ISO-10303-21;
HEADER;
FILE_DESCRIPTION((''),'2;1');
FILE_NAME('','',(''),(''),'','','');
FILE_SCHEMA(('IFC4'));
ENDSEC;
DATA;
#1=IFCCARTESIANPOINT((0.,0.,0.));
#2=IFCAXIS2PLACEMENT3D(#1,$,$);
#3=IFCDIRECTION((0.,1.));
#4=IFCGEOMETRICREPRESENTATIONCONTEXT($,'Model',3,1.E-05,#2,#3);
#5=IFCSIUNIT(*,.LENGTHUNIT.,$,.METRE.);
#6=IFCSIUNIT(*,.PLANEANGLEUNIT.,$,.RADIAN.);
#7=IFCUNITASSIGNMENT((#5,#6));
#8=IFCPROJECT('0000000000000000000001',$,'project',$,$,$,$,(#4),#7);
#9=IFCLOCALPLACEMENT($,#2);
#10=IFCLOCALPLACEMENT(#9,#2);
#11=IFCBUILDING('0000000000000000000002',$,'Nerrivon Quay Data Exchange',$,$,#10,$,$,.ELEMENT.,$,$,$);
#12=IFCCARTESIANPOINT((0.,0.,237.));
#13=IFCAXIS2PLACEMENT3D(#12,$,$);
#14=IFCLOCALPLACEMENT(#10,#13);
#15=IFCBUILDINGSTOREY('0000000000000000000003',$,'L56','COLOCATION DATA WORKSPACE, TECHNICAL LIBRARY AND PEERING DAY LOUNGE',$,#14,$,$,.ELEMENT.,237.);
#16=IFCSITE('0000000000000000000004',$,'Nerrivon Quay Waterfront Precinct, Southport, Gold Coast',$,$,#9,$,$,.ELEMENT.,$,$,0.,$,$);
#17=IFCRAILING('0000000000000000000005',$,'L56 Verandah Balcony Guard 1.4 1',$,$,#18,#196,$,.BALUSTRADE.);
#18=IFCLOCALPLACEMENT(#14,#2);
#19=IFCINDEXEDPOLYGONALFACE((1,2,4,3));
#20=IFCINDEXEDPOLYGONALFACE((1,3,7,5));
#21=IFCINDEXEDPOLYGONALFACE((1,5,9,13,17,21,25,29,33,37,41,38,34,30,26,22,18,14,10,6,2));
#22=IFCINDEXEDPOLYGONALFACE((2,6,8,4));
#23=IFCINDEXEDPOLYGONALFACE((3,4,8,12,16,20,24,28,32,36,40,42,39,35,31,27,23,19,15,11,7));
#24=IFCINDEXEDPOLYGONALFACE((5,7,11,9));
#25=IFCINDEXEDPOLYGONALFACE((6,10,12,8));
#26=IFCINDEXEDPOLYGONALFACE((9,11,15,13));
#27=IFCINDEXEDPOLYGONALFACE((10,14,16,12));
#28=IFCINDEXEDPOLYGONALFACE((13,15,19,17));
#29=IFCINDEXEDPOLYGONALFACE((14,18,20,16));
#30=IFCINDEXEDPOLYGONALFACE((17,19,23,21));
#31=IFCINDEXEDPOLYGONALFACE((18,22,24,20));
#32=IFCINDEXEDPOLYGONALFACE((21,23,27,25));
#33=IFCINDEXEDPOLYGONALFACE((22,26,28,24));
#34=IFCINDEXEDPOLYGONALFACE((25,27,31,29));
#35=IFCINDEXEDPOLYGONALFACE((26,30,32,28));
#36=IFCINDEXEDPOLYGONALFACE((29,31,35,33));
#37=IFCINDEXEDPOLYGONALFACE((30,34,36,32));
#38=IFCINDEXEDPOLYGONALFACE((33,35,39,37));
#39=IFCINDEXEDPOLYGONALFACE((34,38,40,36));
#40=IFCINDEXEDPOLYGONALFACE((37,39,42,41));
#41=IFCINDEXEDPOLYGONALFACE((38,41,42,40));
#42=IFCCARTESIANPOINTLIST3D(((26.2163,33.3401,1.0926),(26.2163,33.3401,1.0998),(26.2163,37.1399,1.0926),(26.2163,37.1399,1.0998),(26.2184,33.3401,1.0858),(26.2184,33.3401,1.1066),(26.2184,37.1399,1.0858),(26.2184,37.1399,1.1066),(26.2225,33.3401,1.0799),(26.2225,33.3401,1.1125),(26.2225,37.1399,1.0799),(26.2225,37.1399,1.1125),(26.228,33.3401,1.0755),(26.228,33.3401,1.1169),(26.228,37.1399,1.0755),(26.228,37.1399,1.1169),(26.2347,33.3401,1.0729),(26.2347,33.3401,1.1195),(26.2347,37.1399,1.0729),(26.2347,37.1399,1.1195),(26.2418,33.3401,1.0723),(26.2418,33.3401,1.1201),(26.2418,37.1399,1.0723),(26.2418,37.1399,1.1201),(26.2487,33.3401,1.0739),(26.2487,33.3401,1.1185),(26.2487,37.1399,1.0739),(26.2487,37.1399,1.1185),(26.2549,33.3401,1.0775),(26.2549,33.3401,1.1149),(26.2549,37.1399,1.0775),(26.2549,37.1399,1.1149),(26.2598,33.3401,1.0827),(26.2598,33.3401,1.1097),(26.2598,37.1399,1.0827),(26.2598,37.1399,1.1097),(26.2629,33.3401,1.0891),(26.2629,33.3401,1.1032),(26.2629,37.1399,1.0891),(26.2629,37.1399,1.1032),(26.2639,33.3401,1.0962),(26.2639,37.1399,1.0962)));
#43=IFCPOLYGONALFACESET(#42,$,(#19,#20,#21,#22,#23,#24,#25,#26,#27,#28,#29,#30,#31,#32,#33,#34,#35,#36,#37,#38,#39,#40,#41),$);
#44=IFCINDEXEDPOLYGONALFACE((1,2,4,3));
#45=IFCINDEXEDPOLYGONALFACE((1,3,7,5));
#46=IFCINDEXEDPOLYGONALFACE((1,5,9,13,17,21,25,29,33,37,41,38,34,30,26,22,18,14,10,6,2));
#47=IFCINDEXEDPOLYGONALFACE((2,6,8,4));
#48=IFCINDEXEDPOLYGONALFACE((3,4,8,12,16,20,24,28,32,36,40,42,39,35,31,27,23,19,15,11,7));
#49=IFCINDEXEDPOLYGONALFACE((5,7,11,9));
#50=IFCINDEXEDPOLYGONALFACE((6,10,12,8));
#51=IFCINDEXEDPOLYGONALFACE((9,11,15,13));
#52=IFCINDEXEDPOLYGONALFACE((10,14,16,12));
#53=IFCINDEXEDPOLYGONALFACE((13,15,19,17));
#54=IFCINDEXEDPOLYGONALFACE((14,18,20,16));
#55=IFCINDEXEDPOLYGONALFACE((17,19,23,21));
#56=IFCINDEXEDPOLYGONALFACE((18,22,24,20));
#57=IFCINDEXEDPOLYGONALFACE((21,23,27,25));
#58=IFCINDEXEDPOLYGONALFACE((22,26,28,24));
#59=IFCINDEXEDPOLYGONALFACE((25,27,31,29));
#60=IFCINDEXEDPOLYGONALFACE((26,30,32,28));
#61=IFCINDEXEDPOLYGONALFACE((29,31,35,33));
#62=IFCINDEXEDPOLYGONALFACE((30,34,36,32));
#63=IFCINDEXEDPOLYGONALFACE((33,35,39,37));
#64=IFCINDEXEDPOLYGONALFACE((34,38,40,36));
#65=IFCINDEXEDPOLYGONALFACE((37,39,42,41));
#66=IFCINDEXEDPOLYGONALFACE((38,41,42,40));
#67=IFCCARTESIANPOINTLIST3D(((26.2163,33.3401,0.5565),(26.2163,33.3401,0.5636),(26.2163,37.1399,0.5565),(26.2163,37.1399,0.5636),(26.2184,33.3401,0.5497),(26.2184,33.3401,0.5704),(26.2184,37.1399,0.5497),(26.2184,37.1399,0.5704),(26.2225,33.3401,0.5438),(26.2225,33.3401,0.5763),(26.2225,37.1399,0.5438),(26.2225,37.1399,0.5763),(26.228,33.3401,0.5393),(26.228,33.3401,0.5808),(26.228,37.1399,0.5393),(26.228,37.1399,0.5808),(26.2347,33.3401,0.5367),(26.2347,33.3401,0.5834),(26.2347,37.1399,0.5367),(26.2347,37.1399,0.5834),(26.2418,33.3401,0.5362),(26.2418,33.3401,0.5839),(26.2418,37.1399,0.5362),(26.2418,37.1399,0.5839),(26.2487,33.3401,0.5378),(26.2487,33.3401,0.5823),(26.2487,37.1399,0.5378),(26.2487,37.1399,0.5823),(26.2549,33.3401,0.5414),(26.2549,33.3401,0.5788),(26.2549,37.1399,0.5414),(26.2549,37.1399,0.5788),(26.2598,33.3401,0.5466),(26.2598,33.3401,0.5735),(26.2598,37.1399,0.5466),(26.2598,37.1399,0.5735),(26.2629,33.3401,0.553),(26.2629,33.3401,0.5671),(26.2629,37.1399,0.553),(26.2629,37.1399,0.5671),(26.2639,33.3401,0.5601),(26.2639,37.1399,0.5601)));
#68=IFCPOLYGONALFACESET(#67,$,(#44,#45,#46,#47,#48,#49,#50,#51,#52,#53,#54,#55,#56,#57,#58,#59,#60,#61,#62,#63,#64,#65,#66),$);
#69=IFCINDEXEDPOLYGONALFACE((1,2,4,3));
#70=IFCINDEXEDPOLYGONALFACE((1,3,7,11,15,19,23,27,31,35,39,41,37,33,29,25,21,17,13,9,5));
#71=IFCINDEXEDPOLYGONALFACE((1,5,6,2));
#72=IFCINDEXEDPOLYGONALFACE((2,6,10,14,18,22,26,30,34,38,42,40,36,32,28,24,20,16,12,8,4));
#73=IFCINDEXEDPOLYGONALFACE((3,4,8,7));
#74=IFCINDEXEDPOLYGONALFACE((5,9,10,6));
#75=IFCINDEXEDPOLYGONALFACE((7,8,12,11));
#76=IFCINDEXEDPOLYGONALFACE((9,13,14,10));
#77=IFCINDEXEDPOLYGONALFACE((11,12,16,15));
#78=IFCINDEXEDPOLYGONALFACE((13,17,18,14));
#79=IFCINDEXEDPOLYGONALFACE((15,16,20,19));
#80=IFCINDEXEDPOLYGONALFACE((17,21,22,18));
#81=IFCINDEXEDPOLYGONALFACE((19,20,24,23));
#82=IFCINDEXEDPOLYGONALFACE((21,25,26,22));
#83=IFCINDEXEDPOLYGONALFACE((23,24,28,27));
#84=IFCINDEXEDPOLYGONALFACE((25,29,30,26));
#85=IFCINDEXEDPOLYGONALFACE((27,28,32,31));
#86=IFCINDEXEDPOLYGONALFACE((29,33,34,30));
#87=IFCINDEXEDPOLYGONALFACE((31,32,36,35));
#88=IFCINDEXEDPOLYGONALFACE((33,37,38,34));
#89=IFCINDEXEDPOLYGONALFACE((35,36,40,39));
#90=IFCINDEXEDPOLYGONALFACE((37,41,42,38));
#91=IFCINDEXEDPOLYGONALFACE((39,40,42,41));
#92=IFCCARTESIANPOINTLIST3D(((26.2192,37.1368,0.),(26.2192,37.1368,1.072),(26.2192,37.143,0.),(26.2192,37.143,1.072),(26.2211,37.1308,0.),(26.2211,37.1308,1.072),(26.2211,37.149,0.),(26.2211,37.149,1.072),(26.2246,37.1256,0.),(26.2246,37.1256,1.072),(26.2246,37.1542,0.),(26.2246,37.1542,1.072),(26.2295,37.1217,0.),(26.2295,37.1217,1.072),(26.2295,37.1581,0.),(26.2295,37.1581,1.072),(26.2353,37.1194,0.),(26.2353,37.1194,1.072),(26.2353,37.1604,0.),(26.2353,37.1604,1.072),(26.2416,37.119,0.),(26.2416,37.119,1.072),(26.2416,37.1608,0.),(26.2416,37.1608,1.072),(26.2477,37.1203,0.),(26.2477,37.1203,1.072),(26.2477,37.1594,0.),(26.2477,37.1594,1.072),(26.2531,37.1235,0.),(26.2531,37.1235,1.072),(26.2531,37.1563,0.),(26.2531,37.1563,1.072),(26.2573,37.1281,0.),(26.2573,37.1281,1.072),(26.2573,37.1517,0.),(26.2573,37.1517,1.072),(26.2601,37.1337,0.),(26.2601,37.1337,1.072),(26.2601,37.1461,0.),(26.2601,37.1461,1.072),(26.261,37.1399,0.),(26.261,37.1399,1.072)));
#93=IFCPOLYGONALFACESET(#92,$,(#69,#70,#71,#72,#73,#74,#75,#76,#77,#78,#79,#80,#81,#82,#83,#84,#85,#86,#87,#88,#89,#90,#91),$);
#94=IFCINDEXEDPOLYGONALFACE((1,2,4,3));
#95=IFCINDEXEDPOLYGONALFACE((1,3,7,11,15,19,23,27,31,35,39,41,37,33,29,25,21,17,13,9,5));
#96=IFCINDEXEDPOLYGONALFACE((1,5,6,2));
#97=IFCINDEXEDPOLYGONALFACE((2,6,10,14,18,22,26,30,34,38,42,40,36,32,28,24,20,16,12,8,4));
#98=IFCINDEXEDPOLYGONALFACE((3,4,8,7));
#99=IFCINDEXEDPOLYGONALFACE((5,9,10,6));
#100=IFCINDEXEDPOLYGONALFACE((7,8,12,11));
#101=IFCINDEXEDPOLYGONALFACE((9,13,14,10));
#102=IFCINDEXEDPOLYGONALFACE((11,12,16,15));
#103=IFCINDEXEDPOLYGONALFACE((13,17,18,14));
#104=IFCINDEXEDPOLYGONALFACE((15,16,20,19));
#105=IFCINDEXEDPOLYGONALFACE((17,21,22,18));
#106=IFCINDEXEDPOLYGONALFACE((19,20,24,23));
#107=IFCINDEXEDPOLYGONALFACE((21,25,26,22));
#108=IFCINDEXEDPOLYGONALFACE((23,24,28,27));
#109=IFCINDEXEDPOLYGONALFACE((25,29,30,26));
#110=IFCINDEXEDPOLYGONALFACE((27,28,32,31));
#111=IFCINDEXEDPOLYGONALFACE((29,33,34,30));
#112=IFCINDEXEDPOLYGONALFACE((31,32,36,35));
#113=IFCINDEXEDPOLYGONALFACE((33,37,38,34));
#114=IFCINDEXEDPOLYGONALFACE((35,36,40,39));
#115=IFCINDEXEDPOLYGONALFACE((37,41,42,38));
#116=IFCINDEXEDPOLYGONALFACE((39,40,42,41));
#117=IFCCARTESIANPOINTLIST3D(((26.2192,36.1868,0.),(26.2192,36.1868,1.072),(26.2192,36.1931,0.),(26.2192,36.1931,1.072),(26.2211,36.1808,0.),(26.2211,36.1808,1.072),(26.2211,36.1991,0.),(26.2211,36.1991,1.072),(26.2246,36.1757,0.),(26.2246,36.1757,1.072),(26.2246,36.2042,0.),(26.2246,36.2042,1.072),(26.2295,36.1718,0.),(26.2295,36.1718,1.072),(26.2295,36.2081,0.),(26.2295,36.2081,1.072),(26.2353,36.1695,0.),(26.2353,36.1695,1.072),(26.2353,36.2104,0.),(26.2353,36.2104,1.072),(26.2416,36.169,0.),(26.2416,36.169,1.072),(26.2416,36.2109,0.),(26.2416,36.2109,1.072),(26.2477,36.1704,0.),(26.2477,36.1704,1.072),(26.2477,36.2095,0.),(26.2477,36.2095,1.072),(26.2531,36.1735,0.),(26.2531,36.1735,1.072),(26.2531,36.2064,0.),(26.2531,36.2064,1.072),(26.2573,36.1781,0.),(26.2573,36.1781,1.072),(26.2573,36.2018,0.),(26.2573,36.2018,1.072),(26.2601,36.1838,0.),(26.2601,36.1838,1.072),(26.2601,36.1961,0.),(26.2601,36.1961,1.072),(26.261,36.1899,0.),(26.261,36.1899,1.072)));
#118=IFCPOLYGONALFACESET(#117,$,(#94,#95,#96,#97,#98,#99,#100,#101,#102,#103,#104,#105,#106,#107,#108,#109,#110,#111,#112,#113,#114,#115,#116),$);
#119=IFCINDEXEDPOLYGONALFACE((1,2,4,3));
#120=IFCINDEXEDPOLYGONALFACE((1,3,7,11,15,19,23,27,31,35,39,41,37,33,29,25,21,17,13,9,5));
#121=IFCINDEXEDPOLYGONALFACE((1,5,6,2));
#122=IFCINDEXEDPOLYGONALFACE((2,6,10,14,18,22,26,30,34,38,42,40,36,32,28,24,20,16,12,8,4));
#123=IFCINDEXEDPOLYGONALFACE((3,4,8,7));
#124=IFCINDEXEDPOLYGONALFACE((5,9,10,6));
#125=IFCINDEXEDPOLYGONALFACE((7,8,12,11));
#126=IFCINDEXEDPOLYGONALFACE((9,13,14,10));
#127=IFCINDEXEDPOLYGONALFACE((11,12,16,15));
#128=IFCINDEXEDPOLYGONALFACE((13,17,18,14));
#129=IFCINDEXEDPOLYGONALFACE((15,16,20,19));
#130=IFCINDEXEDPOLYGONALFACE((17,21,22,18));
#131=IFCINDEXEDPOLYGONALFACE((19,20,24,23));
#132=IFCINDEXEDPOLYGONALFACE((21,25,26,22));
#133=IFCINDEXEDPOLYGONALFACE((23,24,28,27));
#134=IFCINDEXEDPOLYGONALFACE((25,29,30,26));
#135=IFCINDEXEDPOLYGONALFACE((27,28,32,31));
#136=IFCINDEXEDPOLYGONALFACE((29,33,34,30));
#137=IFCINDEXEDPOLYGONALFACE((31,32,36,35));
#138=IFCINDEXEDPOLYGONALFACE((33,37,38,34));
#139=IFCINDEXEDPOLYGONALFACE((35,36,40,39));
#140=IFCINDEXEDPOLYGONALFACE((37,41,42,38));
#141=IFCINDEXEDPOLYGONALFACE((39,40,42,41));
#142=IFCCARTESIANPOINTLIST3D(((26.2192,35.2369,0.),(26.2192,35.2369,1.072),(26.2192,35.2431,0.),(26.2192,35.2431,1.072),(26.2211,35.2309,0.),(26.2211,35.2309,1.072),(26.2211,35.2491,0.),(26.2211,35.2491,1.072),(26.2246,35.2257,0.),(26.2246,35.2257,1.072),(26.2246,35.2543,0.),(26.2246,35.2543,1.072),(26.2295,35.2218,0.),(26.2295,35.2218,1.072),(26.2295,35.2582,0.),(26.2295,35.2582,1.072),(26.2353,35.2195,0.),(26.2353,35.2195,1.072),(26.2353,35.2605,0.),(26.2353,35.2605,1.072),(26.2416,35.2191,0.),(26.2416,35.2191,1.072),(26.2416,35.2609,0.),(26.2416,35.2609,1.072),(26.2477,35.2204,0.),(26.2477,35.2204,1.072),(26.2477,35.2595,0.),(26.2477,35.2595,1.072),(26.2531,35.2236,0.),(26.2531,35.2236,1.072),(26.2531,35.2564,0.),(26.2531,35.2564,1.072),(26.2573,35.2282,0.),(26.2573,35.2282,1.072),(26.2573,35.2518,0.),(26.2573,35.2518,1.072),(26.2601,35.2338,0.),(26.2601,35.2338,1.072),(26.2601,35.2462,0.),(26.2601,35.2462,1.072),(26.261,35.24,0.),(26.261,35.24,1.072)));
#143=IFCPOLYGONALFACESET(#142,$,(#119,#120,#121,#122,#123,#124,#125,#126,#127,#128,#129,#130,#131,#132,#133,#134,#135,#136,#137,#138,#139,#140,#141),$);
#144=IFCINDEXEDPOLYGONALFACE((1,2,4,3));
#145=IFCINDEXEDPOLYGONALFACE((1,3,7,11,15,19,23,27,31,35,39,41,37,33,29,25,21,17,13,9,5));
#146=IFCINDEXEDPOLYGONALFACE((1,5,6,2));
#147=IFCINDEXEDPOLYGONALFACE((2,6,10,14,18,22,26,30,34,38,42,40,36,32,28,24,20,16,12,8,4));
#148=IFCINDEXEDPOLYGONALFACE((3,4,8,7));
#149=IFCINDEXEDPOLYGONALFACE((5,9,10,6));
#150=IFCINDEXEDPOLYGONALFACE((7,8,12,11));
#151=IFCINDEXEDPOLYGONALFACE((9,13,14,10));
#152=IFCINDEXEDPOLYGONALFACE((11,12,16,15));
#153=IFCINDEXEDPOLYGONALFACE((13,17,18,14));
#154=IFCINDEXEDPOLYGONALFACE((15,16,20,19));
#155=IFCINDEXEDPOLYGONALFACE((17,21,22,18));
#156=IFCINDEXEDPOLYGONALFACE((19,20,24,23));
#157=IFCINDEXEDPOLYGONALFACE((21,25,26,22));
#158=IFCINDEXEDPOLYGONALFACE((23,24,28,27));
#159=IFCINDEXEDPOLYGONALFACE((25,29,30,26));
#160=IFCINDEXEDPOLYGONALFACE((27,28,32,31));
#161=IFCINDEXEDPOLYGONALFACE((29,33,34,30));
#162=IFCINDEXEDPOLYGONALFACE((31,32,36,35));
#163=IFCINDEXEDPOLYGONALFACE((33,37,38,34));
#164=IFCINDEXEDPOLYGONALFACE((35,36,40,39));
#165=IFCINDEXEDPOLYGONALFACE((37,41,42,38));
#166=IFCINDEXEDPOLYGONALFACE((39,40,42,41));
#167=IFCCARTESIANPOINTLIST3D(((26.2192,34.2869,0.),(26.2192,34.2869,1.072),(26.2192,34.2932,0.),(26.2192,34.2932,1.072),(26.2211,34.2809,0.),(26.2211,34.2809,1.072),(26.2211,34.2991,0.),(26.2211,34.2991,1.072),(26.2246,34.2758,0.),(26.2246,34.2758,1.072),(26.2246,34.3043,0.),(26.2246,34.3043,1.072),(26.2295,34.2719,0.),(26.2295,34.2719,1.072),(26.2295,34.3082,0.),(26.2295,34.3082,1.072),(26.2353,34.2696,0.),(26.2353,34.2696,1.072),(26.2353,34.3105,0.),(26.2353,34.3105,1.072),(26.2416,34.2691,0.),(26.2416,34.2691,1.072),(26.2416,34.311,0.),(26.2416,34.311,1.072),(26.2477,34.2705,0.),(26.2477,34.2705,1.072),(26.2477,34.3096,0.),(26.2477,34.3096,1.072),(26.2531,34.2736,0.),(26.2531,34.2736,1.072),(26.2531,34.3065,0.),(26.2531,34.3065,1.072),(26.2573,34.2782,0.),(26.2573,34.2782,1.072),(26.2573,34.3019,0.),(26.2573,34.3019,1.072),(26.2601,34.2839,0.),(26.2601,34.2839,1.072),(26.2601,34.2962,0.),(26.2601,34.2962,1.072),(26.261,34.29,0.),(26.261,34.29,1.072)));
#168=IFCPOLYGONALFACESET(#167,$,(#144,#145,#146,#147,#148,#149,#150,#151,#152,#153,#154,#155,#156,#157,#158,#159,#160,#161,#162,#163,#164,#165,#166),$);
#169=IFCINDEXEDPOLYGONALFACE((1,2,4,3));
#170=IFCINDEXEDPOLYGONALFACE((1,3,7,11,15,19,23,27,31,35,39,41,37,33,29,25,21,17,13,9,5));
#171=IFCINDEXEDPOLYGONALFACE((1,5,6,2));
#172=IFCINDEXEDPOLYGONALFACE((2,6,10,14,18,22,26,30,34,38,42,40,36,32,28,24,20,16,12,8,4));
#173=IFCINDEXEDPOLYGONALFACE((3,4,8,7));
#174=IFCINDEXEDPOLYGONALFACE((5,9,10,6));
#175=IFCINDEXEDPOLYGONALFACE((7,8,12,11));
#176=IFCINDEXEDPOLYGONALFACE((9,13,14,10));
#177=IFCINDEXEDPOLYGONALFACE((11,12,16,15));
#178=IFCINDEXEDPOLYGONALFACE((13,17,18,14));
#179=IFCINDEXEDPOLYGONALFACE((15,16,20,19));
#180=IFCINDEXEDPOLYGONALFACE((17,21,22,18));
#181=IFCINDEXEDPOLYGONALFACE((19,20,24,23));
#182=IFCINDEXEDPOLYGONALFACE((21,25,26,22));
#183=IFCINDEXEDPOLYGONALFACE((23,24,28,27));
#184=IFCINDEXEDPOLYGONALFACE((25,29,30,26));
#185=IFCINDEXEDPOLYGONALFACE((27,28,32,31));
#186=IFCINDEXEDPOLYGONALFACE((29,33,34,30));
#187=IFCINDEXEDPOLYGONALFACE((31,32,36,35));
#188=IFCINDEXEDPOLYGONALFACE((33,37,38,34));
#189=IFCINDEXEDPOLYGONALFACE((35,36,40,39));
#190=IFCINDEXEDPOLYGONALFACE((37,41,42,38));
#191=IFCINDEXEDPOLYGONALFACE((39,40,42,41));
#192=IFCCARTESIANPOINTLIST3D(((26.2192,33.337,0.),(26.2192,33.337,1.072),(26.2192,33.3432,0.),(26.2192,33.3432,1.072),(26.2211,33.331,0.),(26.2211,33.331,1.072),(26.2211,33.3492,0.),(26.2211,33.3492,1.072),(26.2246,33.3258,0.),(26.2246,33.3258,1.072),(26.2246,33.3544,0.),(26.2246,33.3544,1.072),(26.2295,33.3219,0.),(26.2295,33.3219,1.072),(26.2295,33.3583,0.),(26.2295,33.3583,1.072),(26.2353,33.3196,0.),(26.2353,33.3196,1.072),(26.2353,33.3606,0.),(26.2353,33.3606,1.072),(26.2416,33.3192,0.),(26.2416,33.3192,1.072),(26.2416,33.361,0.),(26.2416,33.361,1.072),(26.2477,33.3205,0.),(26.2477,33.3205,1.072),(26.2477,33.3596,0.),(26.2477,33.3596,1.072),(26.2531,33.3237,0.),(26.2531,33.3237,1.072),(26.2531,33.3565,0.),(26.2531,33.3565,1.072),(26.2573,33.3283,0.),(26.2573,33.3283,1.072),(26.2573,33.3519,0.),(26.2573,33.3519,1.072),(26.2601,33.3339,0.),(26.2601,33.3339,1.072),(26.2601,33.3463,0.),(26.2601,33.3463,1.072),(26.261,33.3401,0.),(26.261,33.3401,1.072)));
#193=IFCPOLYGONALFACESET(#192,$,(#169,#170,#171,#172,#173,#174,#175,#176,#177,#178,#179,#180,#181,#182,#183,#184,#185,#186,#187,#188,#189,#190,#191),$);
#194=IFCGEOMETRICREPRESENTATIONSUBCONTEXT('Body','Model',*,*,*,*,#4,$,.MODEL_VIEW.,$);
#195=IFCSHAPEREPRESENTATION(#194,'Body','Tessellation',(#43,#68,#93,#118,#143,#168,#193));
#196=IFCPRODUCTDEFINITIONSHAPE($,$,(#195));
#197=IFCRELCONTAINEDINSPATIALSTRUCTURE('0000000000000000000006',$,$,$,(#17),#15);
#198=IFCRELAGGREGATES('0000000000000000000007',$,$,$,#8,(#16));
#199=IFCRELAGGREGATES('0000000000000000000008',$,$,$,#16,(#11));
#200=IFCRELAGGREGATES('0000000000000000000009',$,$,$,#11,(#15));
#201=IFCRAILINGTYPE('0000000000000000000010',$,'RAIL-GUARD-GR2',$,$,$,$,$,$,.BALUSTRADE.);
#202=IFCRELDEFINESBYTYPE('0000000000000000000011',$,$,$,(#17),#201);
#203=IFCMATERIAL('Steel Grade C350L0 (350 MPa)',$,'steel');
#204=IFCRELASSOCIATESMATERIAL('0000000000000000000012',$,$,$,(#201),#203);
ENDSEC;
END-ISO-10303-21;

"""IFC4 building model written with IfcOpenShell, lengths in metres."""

from ifc_helpers import new_model, si_unit, direction, frame, origin, origin_2d, place, context, subcontext, project, spatial, circle, extrude, material, type_object, element, save


model = new_model("IFC4")

# Units and contexts
model_context = context("Model", 3, precision=1e-05, world=origin(), true_north=direction((0.0, 1.0)))
body_context = subcontext(model_context, "Body", "Model", "MODEL_VIEW")
ifc_project = project(units=[si_unit("LENGTHUNIT", "METRE"), si_unit("PLANEANGLEUNIT", "RADIAN")], contexts=[model_context])

# Site, building, storey
site_placement = place(None, origin())
site = spatial("IfcSite", under=ifc_project, at=site_placement, Name="Nerrivon Quay Waterfront Precinct, Southport, Gold Coast", CompositionType="ELEMENT", RefElevation=0.0)
building_placement = place(site_placement, origin())
building = spatial("IfcBuilding", under=site, at=building_placement, Name="Nerrivon Quay Data Exchange", CompositionType="ELEMENT")
storey_placement = place(building_placement, frame((0.0, 0.0, 237.0)))
storey = spatial("IfcBuildingStorey", under=building, at=storey_placement, Name="L56", Description="COLOCATION DATA WORKSPACE, TECHNICAL LIBRARY AND PEERING DAY LOUNGE", CompositionType="ELEMENT", Elevation=237.0)

# Shared definitions
ifc_material_1 = material(Name="Steel Grade C350L0 (350 MPa)", Category="steel")

# Railing
railing_type = type_object("IfcRailingType", Name="RAIL-GUARD-GR2", PredefinedType="BALUSTRADE", material=ifc_material_1)
railing_1_placement = place(storey_placement, frame((26.24, 37.1399, 0.0)))
element("IfcRailing", 1, at=railing_1_placement, inside=storey, type_object=railing_type, Name="L56 Verandah Balcony Guard 1.4 1", PredefinedType="BALUSTRADE", context=body_context, shape_type="SweptSolid", body=[
    extrude(circle(Radius=0.0239, at=origin_2d()), frame((0.0, 0.0, 1.0962), z_axis=(0.0, -1.0, 0.0), x_axis=(1.0, 0.0, 0.0)), (0.0, 0.0, 1.0), 3.7998),
    extrude(circle(Radius=0.0239, at=origin_2d()), frame((0.0, 0.0, 0.5601), z_axis=(0.0, -1.0, 0.0), x_axis=(1.0, 0.0, 0.0)), (0.0, 0.0, 1.0), 3.7998),
    extrude(circle(Radius=0.021, at=origin_2d()), origin(), (0.0, 0.0, 1.0), 1.072),
    extrude(circle(Radius=0.021, at=origin_2d()), frame((0.0, -0.95, 0.0)), (0.0, 0.0, 1.0), 1.072),
    extrude(circle(Radius=0.021, at=origin_2d()), frame((0.0, -1.8999, 0.0)), (0.0, 0.0, 1.0), 1.072),
    extrude(circle(Radius=0.021, at=origin_2d()), frame((0.0, -2.8499, 0.0)), (0.0, 0.0, 1.0), 1.072),
    extrude(circle(Radius=0.021, at=origin_2d()), frame((0.0, -3.7998, 0.0)), (0.0, 0.0, 1.0), 1.072),
])

save(model, "model.ifc")
